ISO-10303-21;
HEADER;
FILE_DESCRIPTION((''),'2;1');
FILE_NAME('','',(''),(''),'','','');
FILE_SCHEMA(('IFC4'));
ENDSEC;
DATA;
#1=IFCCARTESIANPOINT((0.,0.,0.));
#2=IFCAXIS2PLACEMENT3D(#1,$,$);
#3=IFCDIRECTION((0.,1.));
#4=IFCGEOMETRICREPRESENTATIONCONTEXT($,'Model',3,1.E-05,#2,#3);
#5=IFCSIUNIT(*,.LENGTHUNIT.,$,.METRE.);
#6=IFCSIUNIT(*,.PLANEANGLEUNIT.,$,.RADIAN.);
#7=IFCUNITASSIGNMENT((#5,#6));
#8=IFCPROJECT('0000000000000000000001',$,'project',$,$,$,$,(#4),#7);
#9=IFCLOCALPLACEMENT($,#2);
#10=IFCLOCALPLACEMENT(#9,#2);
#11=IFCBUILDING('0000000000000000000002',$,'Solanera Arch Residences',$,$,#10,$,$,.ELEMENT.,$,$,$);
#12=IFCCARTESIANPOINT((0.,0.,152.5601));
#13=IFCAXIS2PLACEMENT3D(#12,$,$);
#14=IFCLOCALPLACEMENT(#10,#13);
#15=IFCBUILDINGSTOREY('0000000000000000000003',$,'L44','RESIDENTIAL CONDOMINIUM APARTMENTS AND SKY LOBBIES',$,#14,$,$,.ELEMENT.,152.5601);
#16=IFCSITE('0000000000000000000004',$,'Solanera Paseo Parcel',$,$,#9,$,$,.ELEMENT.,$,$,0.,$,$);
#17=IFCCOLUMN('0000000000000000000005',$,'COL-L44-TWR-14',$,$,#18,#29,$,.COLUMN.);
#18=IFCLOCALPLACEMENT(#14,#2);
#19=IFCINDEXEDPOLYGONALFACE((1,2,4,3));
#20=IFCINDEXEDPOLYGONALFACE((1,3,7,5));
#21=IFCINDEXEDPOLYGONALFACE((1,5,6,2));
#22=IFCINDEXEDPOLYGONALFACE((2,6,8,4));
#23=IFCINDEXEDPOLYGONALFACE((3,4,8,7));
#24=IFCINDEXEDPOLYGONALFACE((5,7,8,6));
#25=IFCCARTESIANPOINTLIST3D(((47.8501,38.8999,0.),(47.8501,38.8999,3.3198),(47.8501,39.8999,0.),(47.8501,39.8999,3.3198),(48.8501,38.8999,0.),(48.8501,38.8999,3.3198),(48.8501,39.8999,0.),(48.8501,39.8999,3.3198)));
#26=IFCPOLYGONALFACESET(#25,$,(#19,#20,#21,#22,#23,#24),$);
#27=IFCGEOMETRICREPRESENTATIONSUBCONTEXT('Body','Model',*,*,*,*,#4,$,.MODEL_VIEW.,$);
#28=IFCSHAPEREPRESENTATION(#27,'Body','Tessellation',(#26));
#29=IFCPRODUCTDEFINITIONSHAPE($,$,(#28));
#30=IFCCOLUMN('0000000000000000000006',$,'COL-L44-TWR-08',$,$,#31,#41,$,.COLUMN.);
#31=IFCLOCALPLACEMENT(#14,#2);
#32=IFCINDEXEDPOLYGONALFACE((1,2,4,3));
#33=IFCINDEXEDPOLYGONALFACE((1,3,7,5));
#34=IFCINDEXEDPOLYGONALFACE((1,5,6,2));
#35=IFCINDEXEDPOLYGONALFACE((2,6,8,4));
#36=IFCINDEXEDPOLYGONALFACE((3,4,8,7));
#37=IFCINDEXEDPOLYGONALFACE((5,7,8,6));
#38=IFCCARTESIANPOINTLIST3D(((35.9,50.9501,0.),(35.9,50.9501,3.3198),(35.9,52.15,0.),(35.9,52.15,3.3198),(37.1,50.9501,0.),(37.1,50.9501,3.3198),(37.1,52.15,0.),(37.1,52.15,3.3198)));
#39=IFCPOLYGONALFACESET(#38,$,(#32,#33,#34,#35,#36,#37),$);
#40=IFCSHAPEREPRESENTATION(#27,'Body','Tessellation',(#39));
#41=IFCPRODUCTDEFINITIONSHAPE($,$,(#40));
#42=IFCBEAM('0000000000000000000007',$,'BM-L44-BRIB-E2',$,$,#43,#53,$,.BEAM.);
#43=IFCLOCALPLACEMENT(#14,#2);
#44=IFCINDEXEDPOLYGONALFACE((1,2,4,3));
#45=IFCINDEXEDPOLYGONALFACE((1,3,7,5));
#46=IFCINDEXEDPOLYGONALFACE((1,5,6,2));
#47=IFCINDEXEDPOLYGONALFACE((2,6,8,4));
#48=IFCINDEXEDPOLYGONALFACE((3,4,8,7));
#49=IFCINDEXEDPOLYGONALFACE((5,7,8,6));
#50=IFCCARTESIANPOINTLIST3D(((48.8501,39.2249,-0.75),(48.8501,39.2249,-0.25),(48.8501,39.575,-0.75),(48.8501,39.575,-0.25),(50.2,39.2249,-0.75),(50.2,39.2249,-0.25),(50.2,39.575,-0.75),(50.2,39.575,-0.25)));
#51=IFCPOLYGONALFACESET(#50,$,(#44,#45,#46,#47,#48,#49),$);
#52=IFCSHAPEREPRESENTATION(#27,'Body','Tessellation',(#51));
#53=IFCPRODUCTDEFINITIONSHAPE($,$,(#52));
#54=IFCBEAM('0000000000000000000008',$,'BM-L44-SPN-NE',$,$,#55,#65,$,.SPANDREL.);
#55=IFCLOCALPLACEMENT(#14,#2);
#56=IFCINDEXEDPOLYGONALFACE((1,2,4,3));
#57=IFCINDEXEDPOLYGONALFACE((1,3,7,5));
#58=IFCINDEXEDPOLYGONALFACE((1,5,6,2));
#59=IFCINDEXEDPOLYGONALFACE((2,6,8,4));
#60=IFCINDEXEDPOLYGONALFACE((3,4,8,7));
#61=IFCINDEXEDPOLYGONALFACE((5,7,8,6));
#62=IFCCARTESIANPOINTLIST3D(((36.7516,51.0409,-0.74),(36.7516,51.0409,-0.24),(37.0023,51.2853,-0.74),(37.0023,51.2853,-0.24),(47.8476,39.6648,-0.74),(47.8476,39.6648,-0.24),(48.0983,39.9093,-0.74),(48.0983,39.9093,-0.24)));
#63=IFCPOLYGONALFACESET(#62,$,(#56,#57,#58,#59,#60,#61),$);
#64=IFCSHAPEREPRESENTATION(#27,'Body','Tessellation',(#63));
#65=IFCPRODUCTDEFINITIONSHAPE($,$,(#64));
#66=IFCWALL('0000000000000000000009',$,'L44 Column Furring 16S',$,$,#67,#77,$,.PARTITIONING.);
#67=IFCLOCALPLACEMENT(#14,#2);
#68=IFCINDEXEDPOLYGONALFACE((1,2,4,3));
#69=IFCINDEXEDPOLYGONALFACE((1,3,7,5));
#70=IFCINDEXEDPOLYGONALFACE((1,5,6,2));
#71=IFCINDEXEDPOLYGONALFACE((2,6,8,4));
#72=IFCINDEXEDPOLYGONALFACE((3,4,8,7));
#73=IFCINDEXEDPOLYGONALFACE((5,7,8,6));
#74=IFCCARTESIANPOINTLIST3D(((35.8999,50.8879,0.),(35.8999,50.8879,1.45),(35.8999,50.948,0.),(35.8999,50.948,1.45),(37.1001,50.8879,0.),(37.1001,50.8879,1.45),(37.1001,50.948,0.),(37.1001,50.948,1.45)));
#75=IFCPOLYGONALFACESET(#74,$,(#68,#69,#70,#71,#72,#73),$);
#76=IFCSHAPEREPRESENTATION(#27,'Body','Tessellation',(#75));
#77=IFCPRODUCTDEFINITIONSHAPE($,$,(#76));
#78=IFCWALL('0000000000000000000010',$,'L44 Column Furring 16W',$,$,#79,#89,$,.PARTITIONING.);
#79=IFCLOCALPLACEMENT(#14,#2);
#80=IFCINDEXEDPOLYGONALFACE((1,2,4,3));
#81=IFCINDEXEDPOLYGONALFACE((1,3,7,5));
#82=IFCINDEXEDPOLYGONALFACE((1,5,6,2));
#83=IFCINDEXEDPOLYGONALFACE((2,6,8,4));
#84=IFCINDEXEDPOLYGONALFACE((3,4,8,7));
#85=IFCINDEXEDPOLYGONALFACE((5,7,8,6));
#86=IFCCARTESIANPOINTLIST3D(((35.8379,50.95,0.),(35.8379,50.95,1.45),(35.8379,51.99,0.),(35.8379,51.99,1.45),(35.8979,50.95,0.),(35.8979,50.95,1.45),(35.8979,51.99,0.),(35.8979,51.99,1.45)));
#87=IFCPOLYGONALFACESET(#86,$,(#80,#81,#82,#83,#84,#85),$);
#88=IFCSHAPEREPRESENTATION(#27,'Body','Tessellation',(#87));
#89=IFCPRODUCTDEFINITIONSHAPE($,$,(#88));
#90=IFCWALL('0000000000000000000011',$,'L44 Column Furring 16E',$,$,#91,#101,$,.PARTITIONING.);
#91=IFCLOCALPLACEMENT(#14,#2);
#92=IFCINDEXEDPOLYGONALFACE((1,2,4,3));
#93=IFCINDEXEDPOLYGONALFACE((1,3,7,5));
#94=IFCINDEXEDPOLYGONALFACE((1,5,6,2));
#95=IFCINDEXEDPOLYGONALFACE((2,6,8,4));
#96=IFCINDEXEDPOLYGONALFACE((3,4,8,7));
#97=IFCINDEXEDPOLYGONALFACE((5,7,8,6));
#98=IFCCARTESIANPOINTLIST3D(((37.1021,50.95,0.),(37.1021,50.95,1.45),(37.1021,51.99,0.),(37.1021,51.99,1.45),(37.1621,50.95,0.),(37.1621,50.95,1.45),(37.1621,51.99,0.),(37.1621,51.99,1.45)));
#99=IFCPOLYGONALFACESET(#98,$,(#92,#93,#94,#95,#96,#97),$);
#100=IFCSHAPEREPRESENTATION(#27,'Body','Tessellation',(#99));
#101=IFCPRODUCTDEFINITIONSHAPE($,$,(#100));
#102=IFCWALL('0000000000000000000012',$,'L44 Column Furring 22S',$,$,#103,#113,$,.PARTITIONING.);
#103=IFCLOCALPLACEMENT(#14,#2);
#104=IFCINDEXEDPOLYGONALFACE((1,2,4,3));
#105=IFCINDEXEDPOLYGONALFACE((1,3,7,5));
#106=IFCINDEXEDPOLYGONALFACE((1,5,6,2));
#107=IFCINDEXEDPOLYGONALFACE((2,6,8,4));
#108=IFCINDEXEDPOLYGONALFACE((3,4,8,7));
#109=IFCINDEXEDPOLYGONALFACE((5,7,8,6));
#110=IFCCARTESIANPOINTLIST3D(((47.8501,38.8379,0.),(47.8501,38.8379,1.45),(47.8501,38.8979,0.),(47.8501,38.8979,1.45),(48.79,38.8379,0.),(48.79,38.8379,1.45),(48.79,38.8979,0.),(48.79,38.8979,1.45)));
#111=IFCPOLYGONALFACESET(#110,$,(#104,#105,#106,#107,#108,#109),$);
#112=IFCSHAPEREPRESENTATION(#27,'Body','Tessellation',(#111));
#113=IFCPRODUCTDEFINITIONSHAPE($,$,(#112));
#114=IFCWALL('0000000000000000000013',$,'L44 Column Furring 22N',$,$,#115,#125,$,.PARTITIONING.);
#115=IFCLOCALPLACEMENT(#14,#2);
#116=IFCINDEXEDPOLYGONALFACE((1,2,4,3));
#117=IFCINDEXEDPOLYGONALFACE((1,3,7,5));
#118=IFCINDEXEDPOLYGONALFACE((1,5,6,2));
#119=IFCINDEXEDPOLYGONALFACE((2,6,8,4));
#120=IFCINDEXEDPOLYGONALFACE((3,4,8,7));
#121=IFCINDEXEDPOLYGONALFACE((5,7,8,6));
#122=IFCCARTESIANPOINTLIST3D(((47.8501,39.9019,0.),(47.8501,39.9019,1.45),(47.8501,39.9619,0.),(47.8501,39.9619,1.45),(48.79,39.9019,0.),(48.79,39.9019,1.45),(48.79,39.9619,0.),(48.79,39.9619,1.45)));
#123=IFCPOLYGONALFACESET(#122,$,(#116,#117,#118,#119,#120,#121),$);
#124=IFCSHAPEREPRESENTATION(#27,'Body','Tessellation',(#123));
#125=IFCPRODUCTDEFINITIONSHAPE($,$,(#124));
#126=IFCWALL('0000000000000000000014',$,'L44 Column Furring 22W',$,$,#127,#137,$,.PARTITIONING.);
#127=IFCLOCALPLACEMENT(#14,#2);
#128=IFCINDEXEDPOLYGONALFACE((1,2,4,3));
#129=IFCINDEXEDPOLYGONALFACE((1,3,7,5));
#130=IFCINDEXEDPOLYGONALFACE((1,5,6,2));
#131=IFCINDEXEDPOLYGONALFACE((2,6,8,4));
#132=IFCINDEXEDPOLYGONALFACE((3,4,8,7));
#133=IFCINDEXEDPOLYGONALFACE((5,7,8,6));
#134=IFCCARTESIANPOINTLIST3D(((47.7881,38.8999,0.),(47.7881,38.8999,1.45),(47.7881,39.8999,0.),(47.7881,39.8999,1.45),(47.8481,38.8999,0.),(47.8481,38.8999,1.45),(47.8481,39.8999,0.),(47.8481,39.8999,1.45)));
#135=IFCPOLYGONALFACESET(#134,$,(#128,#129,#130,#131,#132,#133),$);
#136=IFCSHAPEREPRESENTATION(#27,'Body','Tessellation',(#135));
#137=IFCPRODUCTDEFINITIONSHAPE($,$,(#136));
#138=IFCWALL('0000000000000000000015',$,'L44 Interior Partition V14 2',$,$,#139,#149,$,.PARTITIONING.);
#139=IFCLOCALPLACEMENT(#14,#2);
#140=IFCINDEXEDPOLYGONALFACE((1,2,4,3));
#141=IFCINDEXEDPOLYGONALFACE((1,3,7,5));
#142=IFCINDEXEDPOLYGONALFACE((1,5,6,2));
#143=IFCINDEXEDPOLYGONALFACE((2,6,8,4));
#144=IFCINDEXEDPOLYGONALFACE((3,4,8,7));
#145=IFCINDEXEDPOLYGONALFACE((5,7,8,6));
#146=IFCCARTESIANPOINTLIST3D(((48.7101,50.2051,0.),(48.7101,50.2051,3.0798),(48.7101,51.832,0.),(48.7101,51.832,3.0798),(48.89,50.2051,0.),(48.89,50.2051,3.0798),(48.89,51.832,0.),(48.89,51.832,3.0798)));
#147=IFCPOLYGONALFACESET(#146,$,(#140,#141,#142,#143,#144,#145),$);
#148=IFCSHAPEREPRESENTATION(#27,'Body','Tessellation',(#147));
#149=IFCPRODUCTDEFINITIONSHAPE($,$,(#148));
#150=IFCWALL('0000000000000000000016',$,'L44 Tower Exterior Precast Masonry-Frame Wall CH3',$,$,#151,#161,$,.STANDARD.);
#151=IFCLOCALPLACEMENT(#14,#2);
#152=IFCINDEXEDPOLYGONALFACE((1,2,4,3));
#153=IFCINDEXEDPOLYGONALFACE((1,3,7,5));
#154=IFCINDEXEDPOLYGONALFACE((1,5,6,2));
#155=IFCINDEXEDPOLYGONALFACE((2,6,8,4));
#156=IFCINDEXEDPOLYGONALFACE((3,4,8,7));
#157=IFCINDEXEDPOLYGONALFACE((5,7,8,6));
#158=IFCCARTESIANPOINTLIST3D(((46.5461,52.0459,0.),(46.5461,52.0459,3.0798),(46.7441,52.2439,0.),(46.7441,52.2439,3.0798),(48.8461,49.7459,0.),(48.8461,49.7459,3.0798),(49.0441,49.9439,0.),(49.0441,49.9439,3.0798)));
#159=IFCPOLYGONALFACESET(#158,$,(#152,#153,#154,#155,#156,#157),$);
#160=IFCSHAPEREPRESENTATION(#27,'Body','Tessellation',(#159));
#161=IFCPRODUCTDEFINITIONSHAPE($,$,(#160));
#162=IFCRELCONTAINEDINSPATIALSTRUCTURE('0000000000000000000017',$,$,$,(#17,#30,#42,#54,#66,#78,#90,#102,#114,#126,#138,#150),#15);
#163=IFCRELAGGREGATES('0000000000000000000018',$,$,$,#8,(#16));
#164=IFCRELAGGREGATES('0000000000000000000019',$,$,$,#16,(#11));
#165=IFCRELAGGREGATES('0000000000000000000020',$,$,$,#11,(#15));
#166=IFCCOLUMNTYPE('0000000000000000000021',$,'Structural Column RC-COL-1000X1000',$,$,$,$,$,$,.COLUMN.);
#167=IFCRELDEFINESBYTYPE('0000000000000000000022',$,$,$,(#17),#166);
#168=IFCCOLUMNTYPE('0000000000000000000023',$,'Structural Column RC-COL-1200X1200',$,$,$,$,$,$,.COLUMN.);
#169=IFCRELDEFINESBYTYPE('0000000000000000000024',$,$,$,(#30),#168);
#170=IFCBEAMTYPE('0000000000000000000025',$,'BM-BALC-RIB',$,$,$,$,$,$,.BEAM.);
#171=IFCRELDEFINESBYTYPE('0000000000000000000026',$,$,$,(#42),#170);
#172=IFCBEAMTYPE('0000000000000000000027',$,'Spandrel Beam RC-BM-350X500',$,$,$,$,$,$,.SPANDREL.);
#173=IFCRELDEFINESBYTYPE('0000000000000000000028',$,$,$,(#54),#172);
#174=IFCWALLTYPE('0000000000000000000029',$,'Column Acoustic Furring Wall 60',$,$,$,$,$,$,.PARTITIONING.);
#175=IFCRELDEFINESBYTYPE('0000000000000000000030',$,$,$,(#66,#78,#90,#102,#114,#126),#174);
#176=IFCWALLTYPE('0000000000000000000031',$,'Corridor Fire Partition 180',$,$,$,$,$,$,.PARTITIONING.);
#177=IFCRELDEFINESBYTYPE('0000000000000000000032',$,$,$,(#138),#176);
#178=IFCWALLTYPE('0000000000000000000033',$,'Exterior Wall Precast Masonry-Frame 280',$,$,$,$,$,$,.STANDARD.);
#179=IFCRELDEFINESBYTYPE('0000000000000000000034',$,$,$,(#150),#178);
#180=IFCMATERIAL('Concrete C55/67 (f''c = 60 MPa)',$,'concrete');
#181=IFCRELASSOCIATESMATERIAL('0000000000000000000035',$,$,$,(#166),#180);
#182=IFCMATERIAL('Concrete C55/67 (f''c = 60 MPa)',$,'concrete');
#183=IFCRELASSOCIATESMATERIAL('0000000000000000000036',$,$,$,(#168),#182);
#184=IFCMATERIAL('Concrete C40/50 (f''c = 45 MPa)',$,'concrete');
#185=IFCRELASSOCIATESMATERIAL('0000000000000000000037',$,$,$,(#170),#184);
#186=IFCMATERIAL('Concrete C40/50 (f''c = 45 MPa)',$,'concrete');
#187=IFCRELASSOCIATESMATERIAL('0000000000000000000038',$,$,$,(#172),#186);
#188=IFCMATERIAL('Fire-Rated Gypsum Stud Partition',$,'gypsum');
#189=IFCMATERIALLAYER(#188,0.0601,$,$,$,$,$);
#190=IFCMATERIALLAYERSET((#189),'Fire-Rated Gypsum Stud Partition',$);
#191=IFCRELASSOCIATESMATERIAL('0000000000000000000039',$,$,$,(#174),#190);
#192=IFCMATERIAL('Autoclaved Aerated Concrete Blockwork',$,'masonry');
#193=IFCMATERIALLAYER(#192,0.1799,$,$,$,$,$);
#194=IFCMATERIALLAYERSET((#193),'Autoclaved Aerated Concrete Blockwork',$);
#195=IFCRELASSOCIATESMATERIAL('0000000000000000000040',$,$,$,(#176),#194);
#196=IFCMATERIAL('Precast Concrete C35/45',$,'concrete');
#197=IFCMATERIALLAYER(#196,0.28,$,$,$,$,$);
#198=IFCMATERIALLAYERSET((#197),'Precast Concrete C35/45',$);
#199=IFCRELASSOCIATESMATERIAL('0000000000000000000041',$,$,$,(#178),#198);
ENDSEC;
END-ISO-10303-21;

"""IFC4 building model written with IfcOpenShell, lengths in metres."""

from ifc_helpers import new_model, si_unit, direction, frame, frame_2d, origin, origin_2d, place, context, subcontext, project, spatial, rectangle, extrude, material, layer, layer_set, material_profile, profile_set, type_object, element, save


model = new_model("IFC4")

# Units and contexts
model_context = context("Model", 3, precision=1e-05, world=origin(), true_north=direction((0.0, 1.0)))
body_context = subcontext(model_context, "Body", "Model", "MODEL_VIEW")
ifc_project = project(units=[si_unit("LENGTHUNIT", "METRE"), si_unit("PLANEANGLEUNIT", "RADIAN")], contexts=[model_context])

# Site, building, storey
site_placement = place(None, origin())
site = spatial("IfcSite", under=ifc_project, at=site_placement, Name="Solanera Paseo Parcel", CompositionType="ELEMENT", RefElevation=0.0)
building_placement = place(site_placement, origin())
building = spatial("IfcBuilding", under=site, at=building_placement, Name="Solanera Arch Residences", CompositionType="ELEMENT")
storey_placement = place(building_placement, frame((0.0, 0.0, 152.5601)))
storey = spatial("IfcBuildingStorey", under=building, at=storey_placement, Name="L44", Description="RESIDENTIAL CONDOMINIUM APARTMENTS AND SKY LOBBIES", CompositionType="ELEMENT", Elevation=152.5601)

# Columns
ifc_material_1 = material(Name="Concrete C55/67 (f'c = 60 MPa)", Category="concrete")
ifc_material_profile_1 = material_profile(ifc_material_1, rectangle(XDim=1.0, YDim=1.0, at=origin_2d()))
ifc_profile_set_1 = profile_set([ifc_material_profile_1], Name="Concrete C55/67 (f'c = 60 MPa)")
column_type_1 = type_object("IfcColumnType", Name="Structural Column RC-COL-1000X1000", PredefinedType="COLUMN", material=ifc_profile_set_1)
column_1_placement = place(storey_placement, frame((48.3501, 39.3999, 0.0), z_axis=(0.0, 0.0, 1.0), x_axis=(1.0, 0.0, 0.0)))
element("IfcColumn", 1, at=column_1_placement, inside=storey, type_object=column_type_1, Name="COL-L44-TWR-14", PredefinedType="COLUMN", context=body_context, shape_type="SweptSolid", body=[
    extrude(rectangle(XDim=1.0, YDim=1.0, at=origin_2d()), origin(), (0.0, 0.0, 1.0), 3.3198),
])
ifc_material_2 = material(Name="Concrete C55/67 (f'c = 60 MPa)", Category="concrete")
ifc_material_profile_2 = material_profile(ifc_material_2, rectangle(XDim=1.2, YDim=1.2, at=origin_2d()))
ifc_profile_set_2 = profile_set([ifc_material_profile_2], Name="Concrete C55/67 (f'c = 60 MPa)")
column_type_2 = type_object("IfcColumnType", Name="Structural Column RC-COL-1200X1200", PredefinedType="COLUMN", material=ifc_profile_set_2)
column_2_placement = place(storey_placement, frame((36.5, 51.55, 0.0), z_axis=(0.0, 0.0, 1.0), x_axis=(1.0, 0.0, 0.0)))
element("IfcColumn", 2, at=column_2_placement, inside=storey, type_object=column_type_2, Name="COL-L44-TWR-08", PredefinedType="COLUMN", context=body_context, shape_type="SweptSolid", body=[
    extrude(rectangle(XDim=1.2, YDim=1.2, at=origin_2d()), origin(), (0.0, 0.0, 1.0), 3.3198),
])

# Beams
ifc_material_3 = material(Name="Concrete C40/50 (f'c = 45 MPa)", Category="concrete")
ifc_material_profile_3 = material_profile(ifc_material_3, rectangle(XDim=0.3501, YDim=0.5, at=origin_2d()))
ifc_profile_set_3 = profile_set([ifc_material_profile_3], Name="Concrete C40/50 (f'c = 45 MPa)")
beam_type_1 = type_object("IfcBeamType", Name="BM-BALC-RIB", PredefinedType="BEAM", material=ifc_profile_set_3)
beam_1_placement = place(storey_placement, frame((48.8501, 39.3999, -0.5), z_axis=(1.0, 0.0, 0.0), x_axis=(0.0, 1.0, 0.0)))
element("IfcBeam", 3, at=beam_1_placement, inside=storey, type_object=beam_type_1, Name="BM-L44-BRIB-E2", PredefinedType="BEAM", context=body_context, shape_type="SweptSolid", body=[
    extrude(rectangle(XDim=0.3501, YDim=0.5, at=origin_2d()), origin(), (0.0, 0.0, 1.0), 1.3499),
])
ifc_material_4 = material(Name="Concrete C40/50 (f'c = 45 MPa)", Category="concrete")
ifc_material_profile_4 = material_profile(ifc_material_4, rectangle(XDim=0.3501, YDim=0.5, at=origin_2d()))
ifc_profile_set_4 = profile_set([ifc_material_profile_4], Name="Concrete C40/50 (f'c = 45 MPa)")
beam_type_2 = type_object("IfcBeamType", Name="Spandrel Beam RC-BM-350X500", PredefinedType="SPANDREL", material=ifc_profile_set_4)
beam_2_placement = place(storey_placement, frame((36.877, 51.1631, -0.49), z_axis=(0.698241, -0.715863, 0.0), x_axis=(0.715863, 0.698241, 0.0)))
element("IfcBeam", 4, at=beam_2_placement, inside=storey, type_object=beam_type_2, Name="BM-L44-SPN-NE", PredefinedType="SPANDREL", context=body_context, shape_type="SweptSolid", body=[
    extrude(rectangle(XDim=0.3501, YDim=0.5, at=origin_2d()), origin(), (0.0, 0.0, 1.0), 15.8914),
])

# Walls
ifc_material_5 = material(Name="Fire-Rated Gypsum Stud Partition", Category="gypsum")
ifc_layer_1 = layer(ifc_material_5, 0.0601)
ifc_layer_set_1 = layer_set([ifc_layer_1], Name="Fire-Rated Gypsum Stud Partition")
wall_type_1 = type_object("IfcWallType", Name="Column Acoustic Furring Wall 60", PredefinedType="PARTITIONING", material=ifc_layer_set_1)
wall_1_placement = place(storey_placement, frame((35.8999, 50.918, 0.0), z_axis=(0.0, 0.0, 1.0), x_axis=(1.0, 0.0, 0.0)))
element("IfcWall", 5, at=wall_1_placement, inside=storey, type_object=wall_type_1, Name="L44 Column Furring 16S", PredefinedType="PARTITIONING", context=body_context, shape_type="SweptSolid", body=[
    extrude(rectangle(XDim=1.2002, YDim=0.0601, at=frame_2d((0.6001, 0.0))), origin(), (0.0, 0.0, 1.0), 1.45),
])
for number, where, z_axis, x_axis, name in (
    (6, (35.8679, 50.95, 0.0), (0.0, 0.0, 1.0), (0.0, 1.0, 0.0), "L44 Column Furring 16W"),
    (7, (37.1321, 50.95, 0.0), (0.0, 0.0, 1.0), (0.0, 1.0, 0.0), "L44 Column Furring 16E"),
):
    element("IfcWall", number, at=place(storey_placement, frame(where, z_axis=z_axis, x_axis=x_axis)), inside=storey, type_object=wall_type_1, Name=name, PredefinedType="PARTITIONING", context=body_context, shape_type="SweptSolid", body=[
        extrude(rectangle(XDim=1.04, YDim=0.0601, at=frame_2d((0.52, 0.0))), origin(), (0.0, 0.0, 1.0), 1.45),
    ])
for number, where, z_axis, x_axis, name in (
    (8, (47.8501, 38.8679, 0.0), (0.0, 0.0, 1.0), (1.0, 0.0, 0.0), "L44 Column Furring 22S"),
    (9, (47.8501, 39.9319, 0.0), (0.0, 0.0, 1.0), (1.0, 0.0, 0.0), "L44 Column Furring 22N"),
):
    element("IfcWall", number, at=place(storey_placement, frame(where, z_axis=z_axis, x_axis=x_axis)), inside=storey, type_object=wall_type_1, Name=name, PredefinedType="PARTITIONING", context=body_context, shape_type="SweptSolid", body=[
        extrude(rectangle(XDim=0.9399, YDim=0.0601, at=frame_2d((0.47, 0.0))), origin(), (0.0, 0.0, 1.0), 1.45),
    ])
wall_2_placement = place(storey_placement, frame((47.8181, 38.8999, 0.0), z_axis=(0.0, 0.0, 1.0), x_axis=(0.0, 1.0, 0.0)))
element("IfcWall", 10, at=wall_2_placement, inside=storey, type_object=wall_type_1, Name="L44 Column Furring 22W", PredefinedType="PARTITIONING", context=body_context, shape_type="SweptSolid", body=[
    extrude(rectangle(XDim=1.0, YDim=0.0601, at=frame_2d((0.5, 0.0))), origin(), (0.0, 0.0, 1.0), 1.45),
])
ifc_material_6 = material(Name="Autoclaved Aerated Concrete Blockwork", Category="masonry")
ifc_layer_2 = layer(ifc_material_6, 0.1799)
ifc_layer_set_2 = layer_set([ifc_layer_2], Name="Autoclaved Aerated Concrete Blockwork")
wall_type_2 = type_object("IfcWallType", Name="Corridor Fire Partition 180", PredefinedType="PARTITIONING", material=ifc_layer_set_2)
wall_3_placement = place(storey_placement, frame((48.8, 50.2051, 0.0), z_axis=(0.0, 0.0, 1.0), x_axis=(0.0, 1.0, 0.0)))
element("IfcWall", 11, at=wall_3_placement, inside=storey, type_object=wall_type_2, Name="L44 Interior Partition V14 2", PredefinedType="PARTITIONING", context=body_context, shape_type="SweptSolid", body=[
    extrude(rectangle(XDim=1.627, YDim=0.1799, at=frame_2d((0.8135, 0.0))), origin(), (0.0, 0.0, 1.0), 3.0798),
])
ifc_material_7 = material(Name="Precast Concrete C35/45", Category="concrete")
ifc_layer_3 = layer(ifc_material_7, 0.28)
ifc_layer_set_3 = layer_set([ifc_layer_3], Name="Precast Concrete C35/45")
wall_type_3 = type_object("IfcWallType", Name="Exterior Wall Precast Masonry-Frame 280", PredefinedType="STANDARD", material=ifc_layer_set_3)
wall_4_placement = place(storey_placement, frame((46.645, 52.145, 0.0), z_axis=(0.0, 0.0, 1.0), x_axis=(0.707107, -0.707107, 0.0)))
element("IfcWall", 12, at=wall_4_placement, inside=storey, type_object=wall_type_3, Name="L44 Tower Exterior Precast Masonry-Frame Wall CH3", PredefinedType="STANDARD", context=body_context, shape_type="SweptSolid", body=[
    extrude(rectangle(XDim=3.2527, YDim=0.28, at=frame_2d((1.6265, 0.0))), origin(), (0.0, 0.0, 1.0), 3.0798),
])

save(model, "model.ifc")
